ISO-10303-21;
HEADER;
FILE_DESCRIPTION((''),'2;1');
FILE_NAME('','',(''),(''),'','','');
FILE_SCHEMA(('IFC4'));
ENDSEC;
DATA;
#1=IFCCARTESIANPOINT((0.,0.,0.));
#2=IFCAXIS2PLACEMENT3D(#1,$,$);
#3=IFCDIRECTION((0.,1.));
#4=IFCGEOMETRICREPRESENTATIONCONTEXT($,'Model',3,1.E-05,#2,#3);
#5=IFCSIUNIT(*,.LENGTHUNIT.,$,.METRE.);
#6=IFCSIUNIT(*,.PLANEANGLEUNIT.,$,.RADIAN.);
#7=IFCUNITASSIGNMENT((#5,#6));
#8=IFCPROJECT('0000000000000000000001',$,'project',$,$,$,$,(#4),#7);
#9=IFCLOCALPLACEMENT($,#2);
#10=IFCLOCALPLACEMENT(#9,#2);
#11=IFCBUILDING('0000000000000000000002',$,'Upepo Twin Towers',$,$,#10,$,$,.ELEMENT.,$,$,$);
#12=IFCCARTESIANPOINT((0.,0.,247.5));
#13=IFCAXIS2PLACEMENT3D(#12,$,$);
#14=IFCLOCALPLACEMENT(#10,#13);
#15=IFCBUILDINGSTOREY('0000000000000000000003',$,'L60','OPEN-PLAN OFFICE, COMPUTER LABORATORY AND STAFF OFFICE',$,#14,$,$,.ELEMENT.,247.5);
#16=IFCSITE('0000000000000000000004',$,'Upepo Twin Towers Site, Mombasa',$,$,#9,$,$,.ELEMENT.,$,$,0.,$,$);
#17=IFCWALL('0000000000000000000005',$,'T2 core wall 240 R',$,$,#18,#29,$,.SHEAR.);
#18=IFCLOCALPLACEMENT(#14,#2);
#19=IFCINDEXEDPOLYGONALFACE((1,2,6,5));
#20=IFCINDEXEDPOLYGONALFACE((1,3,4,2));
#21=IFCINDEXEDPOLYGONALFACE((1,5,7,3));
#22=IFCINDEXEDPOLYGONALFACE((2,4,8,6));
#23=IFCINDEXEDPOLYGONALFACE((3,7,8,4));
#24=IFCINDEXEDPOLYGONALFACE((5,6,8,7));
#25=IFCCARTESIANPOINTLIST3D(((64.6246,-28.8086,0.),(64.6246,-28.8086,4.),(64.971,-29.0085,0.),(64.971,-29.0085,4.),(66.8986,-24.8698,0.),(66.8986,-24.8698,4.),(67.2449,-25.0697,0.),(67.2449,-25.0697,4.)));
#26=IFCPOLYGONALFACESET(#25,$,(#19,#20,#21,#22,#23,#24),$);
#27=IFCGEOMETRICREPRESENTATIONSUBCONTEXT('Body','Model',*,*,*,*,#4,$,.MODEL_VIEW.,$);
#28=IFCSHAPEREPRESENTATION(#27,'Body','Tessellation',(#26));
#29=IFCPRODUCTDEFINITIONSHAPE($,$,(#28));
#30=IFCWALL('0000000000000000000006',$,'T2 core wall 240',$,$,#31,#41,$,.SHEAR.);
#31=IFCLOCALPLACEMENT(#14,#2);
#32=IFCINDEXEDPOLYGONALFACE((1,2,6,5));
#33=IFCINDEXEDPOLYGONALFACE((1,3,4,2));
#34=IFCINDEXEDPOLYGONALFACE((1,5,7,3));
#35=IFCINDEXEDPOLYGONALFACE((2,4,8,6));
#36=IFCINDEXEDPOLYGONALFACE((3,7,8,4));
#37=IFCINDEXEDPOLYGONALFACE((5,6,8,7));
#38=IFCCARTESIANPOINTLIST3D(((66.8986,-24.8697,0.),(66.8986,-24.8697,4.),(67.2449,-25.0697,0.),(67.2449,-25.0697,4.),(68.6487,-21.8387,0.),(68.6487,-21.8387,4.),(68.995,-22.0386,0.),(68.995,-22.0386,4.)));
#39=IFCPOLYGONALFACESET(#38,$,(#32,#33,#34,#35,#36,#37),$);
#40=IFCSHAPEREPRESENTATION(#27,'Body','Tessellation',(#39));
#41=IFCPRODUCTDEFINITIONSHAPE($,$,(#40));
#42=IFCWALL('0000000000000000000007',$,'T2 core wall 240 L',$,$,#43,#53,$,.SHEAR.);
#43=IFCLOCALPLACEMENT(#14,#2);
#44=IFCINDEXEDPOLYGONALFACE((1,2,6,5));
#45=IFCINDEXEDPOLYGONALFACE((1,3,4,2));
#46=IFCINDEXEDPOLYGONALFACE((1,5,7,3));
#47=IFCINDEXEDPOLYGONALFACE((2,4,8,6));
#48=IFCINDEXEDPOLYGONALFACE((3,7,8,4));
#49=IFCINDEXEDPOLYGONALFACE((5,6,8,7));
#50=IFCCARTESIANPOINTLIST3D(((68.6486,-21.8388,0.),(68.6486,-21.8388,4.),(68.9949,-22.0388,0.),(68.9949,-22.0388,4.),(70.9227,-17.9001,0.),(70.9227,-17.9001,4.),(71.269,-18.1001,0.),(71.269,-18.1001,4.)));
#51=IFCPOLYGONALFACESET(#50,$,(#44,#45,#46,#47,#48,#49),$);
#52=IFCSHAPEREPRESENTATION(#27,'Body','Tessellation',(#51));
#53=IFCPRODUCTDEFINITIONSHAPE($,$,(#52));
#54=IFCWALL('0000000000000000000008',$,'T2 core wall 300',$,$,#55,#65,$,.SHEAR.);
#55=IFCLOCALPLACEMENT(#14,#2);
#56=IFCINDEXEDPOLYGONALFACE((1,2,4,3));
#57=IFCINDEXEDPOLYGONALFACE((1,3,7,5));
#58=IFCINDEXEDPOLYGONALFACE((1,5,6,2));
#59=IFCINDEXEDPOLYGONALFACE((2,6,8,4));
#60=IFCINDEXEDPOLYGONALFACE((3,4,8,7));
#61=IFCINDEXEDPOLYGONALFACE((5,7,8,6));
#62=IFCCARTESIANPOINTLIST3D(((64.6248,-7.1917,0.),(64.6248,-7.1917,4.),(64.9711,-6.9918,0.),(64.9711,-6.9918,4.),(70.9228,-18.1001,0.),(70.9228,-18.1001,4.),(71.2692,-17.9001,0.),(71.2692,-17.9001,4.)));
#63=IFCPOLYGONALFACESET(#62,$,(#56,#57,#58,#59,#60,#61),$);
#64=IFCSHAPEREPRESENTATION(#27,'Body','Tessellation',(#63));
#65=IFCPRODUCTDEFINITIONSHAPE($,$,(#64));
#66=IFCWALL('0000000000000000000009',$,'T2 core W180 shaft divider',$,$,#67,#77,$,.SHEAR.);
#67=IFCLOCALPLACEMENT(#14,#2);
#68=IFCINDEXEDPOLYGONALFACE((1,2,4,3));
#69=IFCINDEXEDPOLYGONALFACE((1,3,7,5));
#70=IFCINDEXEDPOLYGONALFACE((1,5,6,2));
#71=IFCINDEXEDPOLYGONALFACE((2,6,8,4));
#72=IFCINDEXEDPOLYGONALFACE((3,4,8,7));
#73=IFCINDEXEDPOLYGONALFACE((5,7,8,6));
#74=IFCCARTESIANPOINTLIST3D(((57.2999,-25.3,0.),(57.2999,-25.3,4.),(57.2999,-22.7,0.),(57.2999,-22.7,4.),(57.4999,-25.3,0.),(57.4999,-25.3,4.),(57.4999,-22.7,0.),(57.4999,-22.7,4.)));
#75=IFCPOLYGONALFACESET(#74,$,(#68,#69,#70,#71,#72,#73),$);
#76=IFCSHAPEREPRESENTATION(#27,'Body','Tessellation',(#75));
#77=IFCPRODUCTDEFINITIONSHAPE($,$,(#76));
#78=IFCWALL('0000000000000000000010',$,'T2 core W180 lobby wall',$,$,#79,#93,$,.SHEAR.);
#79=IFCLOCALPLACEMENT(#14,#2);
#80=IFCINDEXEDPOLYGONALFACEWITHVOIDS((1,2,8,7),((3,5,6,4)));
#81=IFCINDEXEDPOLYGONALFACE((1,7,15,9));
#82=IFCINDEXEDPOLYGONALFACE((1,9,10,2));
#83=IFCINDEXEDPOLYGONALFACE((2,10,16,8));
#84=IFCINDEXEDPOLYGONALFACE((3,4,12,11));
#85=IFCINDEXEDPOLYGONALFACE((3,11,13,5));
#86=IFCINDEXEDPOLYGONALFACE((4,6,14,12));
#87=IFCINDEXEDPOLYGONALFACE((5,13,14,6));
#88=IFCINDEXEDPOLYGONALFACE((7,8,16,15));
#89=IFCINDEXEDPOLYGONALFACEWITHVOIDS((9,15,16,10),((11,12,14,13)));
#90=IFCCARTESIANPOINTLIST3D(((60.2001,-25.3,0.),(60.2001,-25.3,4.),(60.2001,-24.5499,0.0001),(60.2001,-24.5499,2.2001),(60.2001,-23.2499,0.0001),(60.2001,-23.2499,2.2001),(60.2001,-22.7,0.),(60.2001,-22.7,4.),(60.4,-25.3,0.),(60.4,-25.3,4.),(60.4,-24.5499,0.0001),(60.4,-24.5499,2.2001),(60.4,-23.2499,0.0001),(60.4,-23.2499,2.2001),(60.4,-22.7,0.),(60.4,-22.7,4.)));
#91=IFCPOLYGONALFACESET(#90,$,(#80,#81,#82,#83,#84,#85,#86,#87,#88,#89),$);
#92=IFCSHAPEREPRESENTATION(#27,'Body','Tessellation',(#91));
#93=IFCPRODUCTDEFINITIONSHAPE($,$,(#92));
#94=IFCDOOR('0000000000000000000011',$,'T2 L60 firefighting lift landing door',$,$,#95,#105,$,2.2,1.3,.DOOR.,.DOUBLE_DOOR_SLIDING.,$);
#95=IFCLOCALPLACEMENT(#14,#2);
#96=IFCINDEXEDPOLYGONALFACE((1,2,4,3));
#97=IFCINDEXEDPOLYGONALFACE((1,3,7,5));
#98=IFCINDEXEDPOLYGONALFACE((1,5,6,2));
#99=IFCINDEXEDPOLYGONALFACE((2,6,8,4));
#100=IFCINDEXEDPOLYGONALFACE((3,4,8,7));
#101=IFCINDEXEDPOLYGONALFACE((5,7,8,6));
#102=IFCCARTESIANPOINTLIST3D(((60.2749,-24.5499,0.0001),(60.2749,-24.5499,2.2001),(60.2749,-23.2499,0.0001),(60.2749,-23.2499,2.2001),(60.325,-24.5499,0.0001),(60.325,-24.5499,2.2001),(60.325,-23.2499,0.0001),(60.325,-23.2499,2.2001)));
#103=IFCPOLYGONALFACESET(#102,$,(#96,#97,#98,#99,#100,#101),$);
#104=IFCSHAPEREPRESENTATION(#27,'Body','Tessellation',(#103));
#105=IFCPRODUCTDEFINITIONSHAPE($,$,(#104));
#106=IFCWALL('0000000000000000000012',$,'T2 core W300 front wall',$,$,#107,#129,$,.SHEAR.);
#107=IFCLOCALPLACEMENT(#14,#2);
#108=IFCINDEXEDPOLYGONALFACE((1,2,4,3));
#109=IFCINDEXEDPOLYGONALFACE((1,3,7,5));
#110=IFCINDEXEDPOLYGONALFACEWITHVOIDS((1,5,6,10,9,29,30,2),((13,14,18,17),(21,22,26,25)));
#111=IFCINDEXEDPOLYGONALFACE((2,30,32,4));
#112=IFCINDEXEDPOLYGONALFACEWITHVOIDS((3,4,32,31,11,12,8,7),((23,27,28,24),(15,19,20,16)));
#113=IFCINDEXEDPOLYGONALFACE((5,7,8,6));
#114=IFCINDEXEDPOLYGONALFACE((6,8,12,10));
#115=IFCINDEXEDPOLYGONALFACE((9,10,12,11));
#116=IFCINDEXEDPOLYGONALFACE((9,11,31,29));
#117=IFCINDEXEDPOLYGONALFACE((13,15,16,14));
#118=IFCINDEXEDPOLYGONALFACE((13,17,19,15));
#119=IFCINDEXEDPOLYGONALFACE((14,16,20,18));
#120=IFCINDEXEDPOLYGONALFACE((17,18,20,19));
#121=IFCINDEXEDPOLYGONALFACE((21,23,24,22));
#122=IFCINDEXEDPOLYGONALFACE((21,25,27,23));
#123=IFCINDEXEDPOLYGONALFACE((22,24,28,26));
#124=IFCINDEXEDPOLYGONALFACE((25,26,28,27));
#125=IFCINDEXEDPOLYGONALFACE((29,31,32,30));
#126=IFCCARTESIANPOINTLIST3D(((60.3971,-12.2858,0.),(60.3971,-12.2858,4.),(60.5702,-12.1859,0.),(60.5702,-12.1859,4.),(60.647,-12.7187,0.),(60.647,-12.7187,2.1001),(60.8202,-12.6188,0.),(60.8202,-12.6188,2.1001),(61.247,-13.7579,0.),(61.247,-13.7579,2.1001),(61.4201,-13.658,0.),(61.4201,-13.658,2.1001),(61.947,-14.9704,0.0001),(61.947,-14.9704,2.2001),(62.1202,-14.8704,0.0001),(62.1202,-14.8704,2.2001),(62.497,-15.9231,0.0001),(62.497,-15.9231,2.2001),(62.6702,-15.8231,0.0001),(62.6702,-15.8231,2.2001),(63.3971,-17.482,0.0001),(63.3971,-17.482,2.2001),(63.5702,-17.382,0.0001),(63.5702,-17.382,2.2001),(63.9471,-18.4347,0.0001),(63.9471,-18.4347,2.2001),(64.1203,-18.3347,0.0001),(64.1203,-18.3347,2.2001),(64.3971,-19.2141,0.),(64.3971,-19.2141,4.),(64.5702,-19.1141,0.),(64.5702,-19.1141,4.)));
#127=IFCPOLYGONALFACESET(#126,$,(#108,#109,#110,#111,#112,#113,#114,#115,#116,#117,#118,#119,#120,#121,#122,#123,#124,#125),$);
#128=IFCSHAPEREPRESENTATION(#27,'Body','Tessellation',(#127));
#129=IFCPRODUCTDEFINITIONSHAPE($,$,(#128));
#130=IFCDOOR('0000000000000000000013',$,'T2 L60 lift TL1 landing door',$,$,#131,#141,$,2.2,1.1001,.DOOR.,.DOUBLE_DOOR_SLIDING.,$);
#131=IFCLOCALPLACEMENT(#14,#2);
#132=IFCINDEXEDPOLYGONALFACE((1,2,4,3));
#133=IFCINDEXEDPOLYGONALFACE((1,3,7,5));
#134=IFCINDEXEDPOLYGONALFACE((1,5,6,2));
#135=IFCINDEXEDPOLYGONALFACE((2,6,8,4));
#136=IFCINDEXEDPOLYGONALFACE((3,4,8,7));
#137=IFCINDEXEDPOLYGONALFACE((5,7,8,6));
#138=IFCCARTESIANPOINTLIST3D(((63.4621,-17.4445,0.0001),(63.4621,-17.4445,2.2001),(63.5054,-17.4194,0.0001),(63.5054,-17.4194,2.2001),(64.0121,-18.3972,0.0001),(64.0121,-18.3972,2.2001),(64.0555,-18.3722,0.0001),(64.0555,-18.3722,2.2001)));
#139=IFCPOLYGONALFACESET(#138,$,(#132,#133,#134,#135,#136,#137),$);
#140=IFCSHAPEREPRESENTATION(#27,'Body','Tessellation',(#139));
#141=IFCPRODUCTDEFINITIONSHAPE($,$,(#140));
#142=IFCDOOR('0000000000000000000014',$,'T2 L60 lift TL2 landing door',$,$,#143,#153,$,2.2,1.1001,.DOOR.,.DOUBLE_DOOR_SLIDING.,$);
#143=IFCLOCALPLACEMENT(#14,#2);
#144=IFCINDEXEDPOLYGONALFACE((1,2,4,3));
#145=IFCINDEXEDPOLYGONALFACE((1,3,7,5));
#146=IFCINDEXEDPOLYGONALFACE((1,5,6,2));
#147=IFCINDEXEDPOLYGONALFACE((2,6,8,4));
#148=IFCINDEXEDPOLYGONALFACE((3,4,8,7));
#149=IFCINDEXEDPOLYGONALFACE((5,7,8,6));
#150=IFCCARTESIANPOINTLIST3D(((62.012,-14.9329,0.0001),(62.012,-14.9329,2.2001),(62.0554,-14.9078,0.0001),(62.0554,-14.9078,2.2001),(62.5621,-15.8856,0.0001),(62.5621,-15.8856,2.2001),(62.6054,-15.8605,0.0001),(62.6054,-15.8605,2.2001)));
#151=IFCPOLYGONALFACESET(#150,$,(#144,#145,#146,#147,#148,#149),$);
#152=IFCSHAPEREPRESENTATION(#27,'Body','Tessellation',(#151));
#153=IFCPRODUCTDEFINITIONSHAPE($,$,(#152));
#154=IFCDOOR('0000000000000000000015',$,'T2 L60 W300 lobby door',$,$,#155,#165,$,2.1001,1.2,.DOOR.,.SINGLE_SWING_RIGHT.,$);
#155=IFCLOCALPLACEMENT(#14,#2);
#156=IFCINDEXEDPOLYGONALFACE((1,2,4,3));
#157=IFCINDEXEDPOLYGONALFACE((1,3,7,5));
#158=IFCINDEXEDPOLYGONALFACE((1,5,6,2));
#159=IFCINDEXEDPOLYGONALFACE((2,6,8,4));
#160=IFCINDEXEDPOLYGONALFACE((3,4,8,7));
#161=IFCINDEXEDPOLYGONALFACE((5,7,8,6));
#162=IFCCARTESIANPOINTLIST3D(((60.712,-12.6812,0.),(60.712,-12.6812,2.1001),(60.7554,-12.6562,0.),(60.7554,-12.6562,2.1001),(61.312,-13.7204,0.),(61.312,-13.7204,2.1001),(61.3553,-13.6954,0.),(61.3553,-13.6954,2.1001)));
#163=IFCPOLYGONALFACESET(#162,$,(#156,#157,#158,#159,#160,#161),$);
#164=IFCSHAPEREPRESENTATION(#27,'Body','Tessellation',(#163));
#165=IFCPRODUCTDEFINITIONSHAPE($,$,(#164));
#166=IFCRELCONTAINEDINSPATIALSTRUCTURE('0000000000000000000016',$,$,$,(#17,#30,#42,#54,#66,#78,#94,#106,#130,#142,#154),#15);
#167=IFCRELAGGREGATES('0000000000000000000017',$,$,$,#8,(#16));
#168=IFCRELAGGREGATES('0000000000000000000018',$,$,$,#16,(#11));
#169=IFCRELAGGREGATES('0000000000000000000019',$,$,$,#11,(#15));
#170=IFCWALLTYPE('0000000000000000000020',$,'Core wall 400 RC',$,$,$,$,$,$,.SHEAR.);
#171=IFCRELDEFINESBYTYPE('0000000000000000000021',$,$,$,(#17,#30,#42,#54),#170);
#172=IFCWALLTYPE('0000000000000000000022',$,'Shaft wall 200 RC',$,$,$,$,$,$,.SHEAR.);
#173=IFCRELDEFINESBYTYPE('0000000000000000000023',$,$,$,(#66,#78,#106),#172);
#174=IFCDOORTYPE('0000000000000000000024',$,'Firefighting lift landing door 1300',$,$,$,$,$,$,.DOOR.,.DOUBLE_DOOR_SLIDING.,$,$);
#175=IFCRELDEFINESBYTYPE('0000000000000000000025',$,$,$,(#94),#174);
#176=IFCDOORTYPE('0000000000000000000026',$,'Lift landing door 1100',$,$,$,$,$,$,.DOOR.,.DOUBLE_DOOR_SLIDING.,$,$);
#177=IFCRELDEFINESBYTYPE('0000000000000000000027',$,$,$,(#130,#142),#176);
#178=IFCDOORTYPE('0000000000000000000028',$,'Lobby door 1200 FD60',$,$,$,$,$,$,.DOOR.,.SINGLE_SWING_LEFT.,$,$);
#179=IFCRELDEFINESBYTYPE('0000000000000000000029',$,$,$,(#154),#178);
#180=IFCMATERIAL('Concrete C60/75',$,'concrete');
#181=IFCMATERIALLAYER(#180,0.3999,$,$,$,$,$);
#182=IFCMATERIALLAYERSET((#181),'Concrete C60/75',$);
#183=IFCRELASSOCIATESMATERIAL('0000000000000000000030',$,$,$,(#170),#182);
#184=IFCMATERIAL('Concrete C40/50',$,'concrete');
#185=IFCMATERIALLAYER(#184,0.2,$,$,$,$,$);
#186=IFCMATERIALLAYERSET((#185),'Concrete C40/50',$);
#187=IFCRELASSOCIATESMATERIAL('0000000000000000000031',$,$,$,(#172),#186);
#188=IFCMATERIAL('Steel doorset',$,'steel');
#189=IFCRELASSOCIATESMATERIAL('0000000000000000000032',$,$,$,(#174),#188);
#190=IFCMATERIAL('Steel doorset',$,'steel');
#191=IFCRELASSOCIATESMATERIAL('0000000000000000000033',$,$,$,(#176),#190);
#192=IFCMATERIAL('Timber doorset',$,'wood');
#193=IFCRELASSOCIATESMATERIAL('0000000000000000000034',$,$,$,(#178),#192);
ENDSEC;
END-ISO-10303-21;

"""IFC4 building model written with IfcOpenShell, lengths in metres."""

from ifc_helpers import new_model, si_unit, direction, frame, frame_2d, origin, place, context, subcontext, project, spatial, rectangle, extrude, material, layer, layer_set, type_object, element, fill, save


model = new_model("IFC4")

# Units and contexts
model_context = context("Model", 3, precision=1e-05, world=origin(), true_north=direction((0.0, 1.0)))
body_context = subcontext(model_context, "Body", "Model", "MODEL_VIEW")
ifc_project = project(units=[si_unit("LENGTHUNIT", "METRE"), si_unit("PLANEANGLEUNIT", "RADIAN")], contexts=[model_context])

# Site, building, storey
site_placement = place(None, origin())
site = spatial("IfcSite", under=ifc_project, at=site_placement, Name="Upepo Twin Towers Site, Mombasa", CompositionType="ELEMENT", RefElevation=0.0)
building_placement = place(site_placement, origin())
building = spatial("IfcBuilding", under=site, at=building_placement, Name="Upepo Twin Towers", CompositionType="ELEMENT")
storey_placement = place(building_placement, frame((0.0, 0.0, 247.5)))
storey = spatial("IfcBuildingStorey", under=building, at=storey_placement, Name="L60", Description="OPEN-PLAN OFFICE, COMPUTER LABORATORY AND STAFF OFFICE", CompositionType="ELEMENT", Elevation=247.5)

# Walls
ifc_material_1 = material(Name="Concrete C60/75", Category="concrete")
ifc_layer_1 = layer(ifc_material_1, 0.3999)
ifc_layer_set_1 = layer_set([ifc_layer_1], Name="Concrete C60/75")
wall_type_1 = type_object("IfcWallType", Name="Core wall 400 RC", PredefinedType="SHEAR", material=ifc_layer_set_1)
wall_1_placement = place(storey_placement, frame((64.7979, -28.9084, 0.0), z_axis=(0.0, 0.0, 1.0), x_axis=(0.499984, 0.866035, 0.0)))
element("IfcWall", 1, at=wall_1_placement, inside=storey, type_object=wall_type_1, Name="T2 core wall 240 R", PredefinedType="SHEAR", context=body_context, shape_type="SweptSolid", body=[
    extrude(rectangle(XDim=4.5481, YDim=0.3999, at=frame_2d((2.2739, 0.0))), origin(), (0.0, 0.0, 1.0), 4.0),
])
wall_2_placement = place(storey_placement, frame((67.0718, -24.9697, 0.0), z_axis=(0.0, 0.0, 1.0), x_axis=(0.50001, 0.866019, 0.0)))
element("IfcWall", 2, at=wall_2_placement, inside=storey, type_object=wall_type_1, Name="T2 core wall 240", PredefinedType="SHEAR", context=body_context, shape_type="SweptSolid", body=[
    extrude(rectangle(XDim=3.5, YDim=0.3999, at=frame_2d((1.75, 0.0))), origin(), (0.0, 0.0, 1.0), 4.0),
])
wall_3_placement = place(storey_placement, frame((68.8218, -21.9387, 0.0), z_axis=(0.0, 0.0, 1.0), x_axis=(0.500024, 0.866011, 0.0)))
element("IfcWall", 3, at=wall_3_placement, inside=storey, type_object=wall_type_1, Name="T2 core wall 240 L", PredefinedType="SHEAR", context=body_context, shape_type="SweptSolid", body=[
    extrude(rectangle(XDim=4.5481, YDim=0.3999, at=frame_2d((2.2739, 0.0))), origin(), (0.0, 0.0, 1.0), 4.0),
])
wall_4_placement = place(storey_placement, frame((71.0959, -18.0, 0.0), z_axis=(0.0, 0.0, 1.0), x_axis=(-0.500006, 0.866022, 0.0)))
element("IfcWall", 4, at=wall_4_placement, inside=storey, type_object=wall_type_1, Name="T2 core wall 300", PredefinedType="SHEAR", context=body_context, shape_type="SweptSolid", body=[
    extrude(rectangle(XDim=12.5959, YDim=0.3999, at=frame_2d((6.2979, 0.0))), origin(), (0.0, 0.0, 1.0), 4.0),
])
ifc_material_2 = material(Name="Concrete C40/50", Category="concrete")
ifc_layer_2 = layer(ifc_material_2, 0.2)
ifc_layer_set_2 = layer_set([ifc_layer_2], Name="Concrete C40/50")
wall_type_2 = type_object("IfcWallType", Name="Shaft wall 200 RC", PredefinedType="SHEAR", material=ifc_layer_set_2)
wall_5_placement = place(storey_placement, frame((57.3999, -22.7, 0.0), z_axis=(0.0, 0.0, 1.0), x_axis=(0.0, -1.0, 0.0)))
element("IfcWall", 5, at=wall_5_placement, inside=storey, type_object=wall_type_2, Name="T2 core W180 shaft divider", PredefinedType="SHEAR", context=body_context, shape_type="SweptSolid", body=[
    extrude(rectangle(XDim=2.6001, YDim=0.2, at=frame_2d((1.3, 0.0))), origin(), (0.0, 0.0, 1.0), 4.0),
])

# Wall, opening, door
wall_6_placement = place(storey_placement, frame((60.3, -22.7, 0.0), z_axis=(0.0, 0.0, 1.0), x_axis=(0.0, -1.0, 0.0)))
wall_6 = element("IfcWall", 6, at=wall_6_placement, inside=storey, type_object=wall_type_2, Name="T2 core W180 lobby wall", PredefinedType="SHEAR", context=body_context, shape_type="SweptSolid", body=[
    extrude(rectangle(XDim=2.6001, YDim=0.2, at=frame_2d((1.3, 0.0))), origin(), (0.0, 0.0, 1.0), 4.0),
])
opening_1_placement = place(wall_6_placement, frame((0.55, 0.0, 0.0)))
opening_1 = element("IfcOpeningElement", 7, at=opening_1_placement, cuts=wall_6, PredefinedType="OPENING", context=body_context, shape_type="SweptSolid", body=[
    extrude(rectangle(XDim=1.3, YDim=2.2, at=frame_2d((0.6499, 1.1001))), frame((0.0, 0.1099, 0.0), z_axis=(0.0, -1.0, 0.0), x_axis=(1.0, 0.0, 0.0)), (0.0, 0.0, 1.0), 0.22),
])
ifc_material_3 = material(Name="Steel doorset", Category="steel")
door_type_1 = type_object("IfcDoorType", Name="Firefighting lift landing door 1300", OperationType="DOUBLE_DOOR_SLIDING", PredefinedType="DOOR", material=ifc_material_3)
door_1_placement = place(opening_1_placement, origin())
door_1 = element("IfcDoor", 8, at=door_1_placement, inside=storey, type_object=door_type_1, Name="T2 L60 firefighting lift landing door", OperationType="DOUBLE_DOOR_SLIDING", OverallHeight=2.2, OverallWidth=1.3, PredefinedType="DOOR", context=body_context, shape_type="SweptSolid", body=[
    extrude(rectangle(XDim=1.3, YDim=2.2, at=frame_2d((0.6499, 1.1001))), frame((0.0, 0.0249, 0.0), z_axis=(0.0, -1.0, 0.0), x_axis=(1.0, 0.0, 0.0)), (0.0, 0.0, 1.0), 0.05),
])
fill(opening_1, door_1)

# Wall, openings, doors
wall_7_placement = place(storey_placement, frame((64.4836, -19.1641, 0.0), z_axis=(0.0, 0.0, 1.0), x_axis=(-0.499999, 0.866026, 0.0)))
wall_7 = element("IfcWall", 9, at=wall_7_placement, inside=storey, type_object=wall_type_2, Name="T2 core W300 front wall", PredefinedType="SHEAR", context=body_context, shape_type="SweptSolid", body=[
    extrude(rectangle(XDim=8.0, YDim=0.2, at=frame_2d((4.0, 0.0))), origin(), (0.0, 0.0, 1.0), 4.0),
])
opening_2_placement = place(wall_7_placement, frame((6.3, 0.0, 0.0)))
opening_2 = element("IfcOpeningElement", 10, at=opening_2_placement, cuts=wall_7, PredefinedType="OPENING", context=body_context, shape_type="SweptSolid", body=[
    extrude(rectangle(XDim=1.2, YDim=2.1001, at=frame_2d((0.6001, 1.05))), frame((0.0, 0.1099, 0.0), z_axis=(0.0, -1.0, 0.0), x_axis=(1.0, 0.0, 0.0)), (0.0, 0.0, 1.0), 0.22),
])
opening_3_placement = place(wall_7_placement, frame((0.8999, 0.0, 0.0)))
opening_3 = element("IfcOpeningElement", 11, at=opening_3_placement, cuts=wall_7, PredefinedType="OPENING", context=body_context, shape_type="SweptSolid", body=[
    extrude(rectangle(XDim=1.1001, YDim=2.2, at=frame_2d((0.55, 1.1001))), frame((0.0, 0.1099, 0.0), z_axis=(0.0, -1.0, 0.0), x_axis=(1.0, 0.0, 0.0)), (0.0, 0.0, 1.0), 0.22),
])
opening_4_placement = place(wall_7_placement, frame((3.8, 0.0, 0.0)))
opening_4 = element("IfcOpeningElement", 12, at=opening_4_placement, cuts=wall_7, PredefinedType="OPENING", context=body_context, shape_type="SweptSolid", body=[
    extrude(rectangle(XDim=1.1001, YDim=2.2, at=frame_2d((0.55, 1.1001))), frame((0.0, 0.1099, 0.0), z_axis=(0.0, -1.0, 0.0), x_axis=(1.0, 0.0, 0.0)), (0.0, 0.0, 1.0), 0.22),
])
ifc_material_4 = material(Name="Steel doorset", Category="steel")
door_type_2 = type_object("IfcDoorType", Name="Lift landing door 1100", OperationType="DOUBLE_DOOR_SLIDING", PredefinedType="DOOR", material=ifc_material_4)
door_2_placement = place(opening_3_placement, origin())
door_2 = element("IfcDoor", 13, at=door_2_placement, inside=storey, type_object=door_type_2, Name="T2 L60 lift TL1 landing door", OperationType="DOUBLE_DOOR_SLIDING", OverallHeight=2.2, OverallWidth=1.1001, PredefinedType="DOOR", context=body_context, shape_type="SweptSolid", body=[
    extrude(rectangle(XDim=1.1001, YDim=2.2, at=frame_2d((0.55, 1.1001))), frame((0.0, 0.0249, 0.0), z_axis=(0.0, -1.0, 0.0), x_axis=(1.0, 0.0, 0.0)), (0.0, 0.0, 1.0), 0.05),
])
fill(opening_3, door_2)
door_3_placement = place(opening_4_placement, origin())
door_3 = element("IfcDoor", 14, at=door_3_placement, inside=storey, type_object=door_type_2, Name="T2 L60 lift TL2 landing door", OperationType="DOUBLE_DOOR_SLIDING", OverallHeight=2.2, OverallWidth=1.1001, PredefinedType="DOOR", context=body_context, shape_type="SweptSolid", body=[
    extrude(rectangle(XDim=1.1001, YDim=2.2, at=frame_2d((0.55, 1.1001))), frame((0.0, 0.0249, 0.0), z_axis=(0.0, -1.0, 0.0), x_axis=(1.0, 0.0, 0.0)), (0.0, 0.0, 1.0), 0.05),
])
fill(opening_4, door_3)
ifc_material_5 = material(Name="Timber doorset", Category="wood")
door_type_3 = type_object("IfcDoorType", Name="Lobby door 1200 FD60", OperationType="SINGLE_SWING_LEFT", PredefinedType="DOOR", material=ifc_material_5)
door_4_placement = place(opening_2_placement, origin())
door_4 = element("IfcDoor", 15, at=door_4_placement, inside=storey, type_object=door_type_3, Name="T2 L60 W300 lobby door", OperationType="SINGLE_SWING_RIGHT", OverallHeight=2.1001, OverallWidth=1.2, PredefinedType="DOOR", context=body_context, shape_type="SweptSolid", body=[
    extrude(rectangle(XDim=1.2, YDim=2.1001, at=frame_2d((0.6001, 1.05))), frame((0.0, 0.0249, 0.0), z_axis=(0.0, -1.0, 0.0), x_axis=(1.0, 0.0, 0.0)), (0.0, 0.0, 1.0), 0.05),
])
fill(opening_2, door_4)

save(model, "model.ifc")
